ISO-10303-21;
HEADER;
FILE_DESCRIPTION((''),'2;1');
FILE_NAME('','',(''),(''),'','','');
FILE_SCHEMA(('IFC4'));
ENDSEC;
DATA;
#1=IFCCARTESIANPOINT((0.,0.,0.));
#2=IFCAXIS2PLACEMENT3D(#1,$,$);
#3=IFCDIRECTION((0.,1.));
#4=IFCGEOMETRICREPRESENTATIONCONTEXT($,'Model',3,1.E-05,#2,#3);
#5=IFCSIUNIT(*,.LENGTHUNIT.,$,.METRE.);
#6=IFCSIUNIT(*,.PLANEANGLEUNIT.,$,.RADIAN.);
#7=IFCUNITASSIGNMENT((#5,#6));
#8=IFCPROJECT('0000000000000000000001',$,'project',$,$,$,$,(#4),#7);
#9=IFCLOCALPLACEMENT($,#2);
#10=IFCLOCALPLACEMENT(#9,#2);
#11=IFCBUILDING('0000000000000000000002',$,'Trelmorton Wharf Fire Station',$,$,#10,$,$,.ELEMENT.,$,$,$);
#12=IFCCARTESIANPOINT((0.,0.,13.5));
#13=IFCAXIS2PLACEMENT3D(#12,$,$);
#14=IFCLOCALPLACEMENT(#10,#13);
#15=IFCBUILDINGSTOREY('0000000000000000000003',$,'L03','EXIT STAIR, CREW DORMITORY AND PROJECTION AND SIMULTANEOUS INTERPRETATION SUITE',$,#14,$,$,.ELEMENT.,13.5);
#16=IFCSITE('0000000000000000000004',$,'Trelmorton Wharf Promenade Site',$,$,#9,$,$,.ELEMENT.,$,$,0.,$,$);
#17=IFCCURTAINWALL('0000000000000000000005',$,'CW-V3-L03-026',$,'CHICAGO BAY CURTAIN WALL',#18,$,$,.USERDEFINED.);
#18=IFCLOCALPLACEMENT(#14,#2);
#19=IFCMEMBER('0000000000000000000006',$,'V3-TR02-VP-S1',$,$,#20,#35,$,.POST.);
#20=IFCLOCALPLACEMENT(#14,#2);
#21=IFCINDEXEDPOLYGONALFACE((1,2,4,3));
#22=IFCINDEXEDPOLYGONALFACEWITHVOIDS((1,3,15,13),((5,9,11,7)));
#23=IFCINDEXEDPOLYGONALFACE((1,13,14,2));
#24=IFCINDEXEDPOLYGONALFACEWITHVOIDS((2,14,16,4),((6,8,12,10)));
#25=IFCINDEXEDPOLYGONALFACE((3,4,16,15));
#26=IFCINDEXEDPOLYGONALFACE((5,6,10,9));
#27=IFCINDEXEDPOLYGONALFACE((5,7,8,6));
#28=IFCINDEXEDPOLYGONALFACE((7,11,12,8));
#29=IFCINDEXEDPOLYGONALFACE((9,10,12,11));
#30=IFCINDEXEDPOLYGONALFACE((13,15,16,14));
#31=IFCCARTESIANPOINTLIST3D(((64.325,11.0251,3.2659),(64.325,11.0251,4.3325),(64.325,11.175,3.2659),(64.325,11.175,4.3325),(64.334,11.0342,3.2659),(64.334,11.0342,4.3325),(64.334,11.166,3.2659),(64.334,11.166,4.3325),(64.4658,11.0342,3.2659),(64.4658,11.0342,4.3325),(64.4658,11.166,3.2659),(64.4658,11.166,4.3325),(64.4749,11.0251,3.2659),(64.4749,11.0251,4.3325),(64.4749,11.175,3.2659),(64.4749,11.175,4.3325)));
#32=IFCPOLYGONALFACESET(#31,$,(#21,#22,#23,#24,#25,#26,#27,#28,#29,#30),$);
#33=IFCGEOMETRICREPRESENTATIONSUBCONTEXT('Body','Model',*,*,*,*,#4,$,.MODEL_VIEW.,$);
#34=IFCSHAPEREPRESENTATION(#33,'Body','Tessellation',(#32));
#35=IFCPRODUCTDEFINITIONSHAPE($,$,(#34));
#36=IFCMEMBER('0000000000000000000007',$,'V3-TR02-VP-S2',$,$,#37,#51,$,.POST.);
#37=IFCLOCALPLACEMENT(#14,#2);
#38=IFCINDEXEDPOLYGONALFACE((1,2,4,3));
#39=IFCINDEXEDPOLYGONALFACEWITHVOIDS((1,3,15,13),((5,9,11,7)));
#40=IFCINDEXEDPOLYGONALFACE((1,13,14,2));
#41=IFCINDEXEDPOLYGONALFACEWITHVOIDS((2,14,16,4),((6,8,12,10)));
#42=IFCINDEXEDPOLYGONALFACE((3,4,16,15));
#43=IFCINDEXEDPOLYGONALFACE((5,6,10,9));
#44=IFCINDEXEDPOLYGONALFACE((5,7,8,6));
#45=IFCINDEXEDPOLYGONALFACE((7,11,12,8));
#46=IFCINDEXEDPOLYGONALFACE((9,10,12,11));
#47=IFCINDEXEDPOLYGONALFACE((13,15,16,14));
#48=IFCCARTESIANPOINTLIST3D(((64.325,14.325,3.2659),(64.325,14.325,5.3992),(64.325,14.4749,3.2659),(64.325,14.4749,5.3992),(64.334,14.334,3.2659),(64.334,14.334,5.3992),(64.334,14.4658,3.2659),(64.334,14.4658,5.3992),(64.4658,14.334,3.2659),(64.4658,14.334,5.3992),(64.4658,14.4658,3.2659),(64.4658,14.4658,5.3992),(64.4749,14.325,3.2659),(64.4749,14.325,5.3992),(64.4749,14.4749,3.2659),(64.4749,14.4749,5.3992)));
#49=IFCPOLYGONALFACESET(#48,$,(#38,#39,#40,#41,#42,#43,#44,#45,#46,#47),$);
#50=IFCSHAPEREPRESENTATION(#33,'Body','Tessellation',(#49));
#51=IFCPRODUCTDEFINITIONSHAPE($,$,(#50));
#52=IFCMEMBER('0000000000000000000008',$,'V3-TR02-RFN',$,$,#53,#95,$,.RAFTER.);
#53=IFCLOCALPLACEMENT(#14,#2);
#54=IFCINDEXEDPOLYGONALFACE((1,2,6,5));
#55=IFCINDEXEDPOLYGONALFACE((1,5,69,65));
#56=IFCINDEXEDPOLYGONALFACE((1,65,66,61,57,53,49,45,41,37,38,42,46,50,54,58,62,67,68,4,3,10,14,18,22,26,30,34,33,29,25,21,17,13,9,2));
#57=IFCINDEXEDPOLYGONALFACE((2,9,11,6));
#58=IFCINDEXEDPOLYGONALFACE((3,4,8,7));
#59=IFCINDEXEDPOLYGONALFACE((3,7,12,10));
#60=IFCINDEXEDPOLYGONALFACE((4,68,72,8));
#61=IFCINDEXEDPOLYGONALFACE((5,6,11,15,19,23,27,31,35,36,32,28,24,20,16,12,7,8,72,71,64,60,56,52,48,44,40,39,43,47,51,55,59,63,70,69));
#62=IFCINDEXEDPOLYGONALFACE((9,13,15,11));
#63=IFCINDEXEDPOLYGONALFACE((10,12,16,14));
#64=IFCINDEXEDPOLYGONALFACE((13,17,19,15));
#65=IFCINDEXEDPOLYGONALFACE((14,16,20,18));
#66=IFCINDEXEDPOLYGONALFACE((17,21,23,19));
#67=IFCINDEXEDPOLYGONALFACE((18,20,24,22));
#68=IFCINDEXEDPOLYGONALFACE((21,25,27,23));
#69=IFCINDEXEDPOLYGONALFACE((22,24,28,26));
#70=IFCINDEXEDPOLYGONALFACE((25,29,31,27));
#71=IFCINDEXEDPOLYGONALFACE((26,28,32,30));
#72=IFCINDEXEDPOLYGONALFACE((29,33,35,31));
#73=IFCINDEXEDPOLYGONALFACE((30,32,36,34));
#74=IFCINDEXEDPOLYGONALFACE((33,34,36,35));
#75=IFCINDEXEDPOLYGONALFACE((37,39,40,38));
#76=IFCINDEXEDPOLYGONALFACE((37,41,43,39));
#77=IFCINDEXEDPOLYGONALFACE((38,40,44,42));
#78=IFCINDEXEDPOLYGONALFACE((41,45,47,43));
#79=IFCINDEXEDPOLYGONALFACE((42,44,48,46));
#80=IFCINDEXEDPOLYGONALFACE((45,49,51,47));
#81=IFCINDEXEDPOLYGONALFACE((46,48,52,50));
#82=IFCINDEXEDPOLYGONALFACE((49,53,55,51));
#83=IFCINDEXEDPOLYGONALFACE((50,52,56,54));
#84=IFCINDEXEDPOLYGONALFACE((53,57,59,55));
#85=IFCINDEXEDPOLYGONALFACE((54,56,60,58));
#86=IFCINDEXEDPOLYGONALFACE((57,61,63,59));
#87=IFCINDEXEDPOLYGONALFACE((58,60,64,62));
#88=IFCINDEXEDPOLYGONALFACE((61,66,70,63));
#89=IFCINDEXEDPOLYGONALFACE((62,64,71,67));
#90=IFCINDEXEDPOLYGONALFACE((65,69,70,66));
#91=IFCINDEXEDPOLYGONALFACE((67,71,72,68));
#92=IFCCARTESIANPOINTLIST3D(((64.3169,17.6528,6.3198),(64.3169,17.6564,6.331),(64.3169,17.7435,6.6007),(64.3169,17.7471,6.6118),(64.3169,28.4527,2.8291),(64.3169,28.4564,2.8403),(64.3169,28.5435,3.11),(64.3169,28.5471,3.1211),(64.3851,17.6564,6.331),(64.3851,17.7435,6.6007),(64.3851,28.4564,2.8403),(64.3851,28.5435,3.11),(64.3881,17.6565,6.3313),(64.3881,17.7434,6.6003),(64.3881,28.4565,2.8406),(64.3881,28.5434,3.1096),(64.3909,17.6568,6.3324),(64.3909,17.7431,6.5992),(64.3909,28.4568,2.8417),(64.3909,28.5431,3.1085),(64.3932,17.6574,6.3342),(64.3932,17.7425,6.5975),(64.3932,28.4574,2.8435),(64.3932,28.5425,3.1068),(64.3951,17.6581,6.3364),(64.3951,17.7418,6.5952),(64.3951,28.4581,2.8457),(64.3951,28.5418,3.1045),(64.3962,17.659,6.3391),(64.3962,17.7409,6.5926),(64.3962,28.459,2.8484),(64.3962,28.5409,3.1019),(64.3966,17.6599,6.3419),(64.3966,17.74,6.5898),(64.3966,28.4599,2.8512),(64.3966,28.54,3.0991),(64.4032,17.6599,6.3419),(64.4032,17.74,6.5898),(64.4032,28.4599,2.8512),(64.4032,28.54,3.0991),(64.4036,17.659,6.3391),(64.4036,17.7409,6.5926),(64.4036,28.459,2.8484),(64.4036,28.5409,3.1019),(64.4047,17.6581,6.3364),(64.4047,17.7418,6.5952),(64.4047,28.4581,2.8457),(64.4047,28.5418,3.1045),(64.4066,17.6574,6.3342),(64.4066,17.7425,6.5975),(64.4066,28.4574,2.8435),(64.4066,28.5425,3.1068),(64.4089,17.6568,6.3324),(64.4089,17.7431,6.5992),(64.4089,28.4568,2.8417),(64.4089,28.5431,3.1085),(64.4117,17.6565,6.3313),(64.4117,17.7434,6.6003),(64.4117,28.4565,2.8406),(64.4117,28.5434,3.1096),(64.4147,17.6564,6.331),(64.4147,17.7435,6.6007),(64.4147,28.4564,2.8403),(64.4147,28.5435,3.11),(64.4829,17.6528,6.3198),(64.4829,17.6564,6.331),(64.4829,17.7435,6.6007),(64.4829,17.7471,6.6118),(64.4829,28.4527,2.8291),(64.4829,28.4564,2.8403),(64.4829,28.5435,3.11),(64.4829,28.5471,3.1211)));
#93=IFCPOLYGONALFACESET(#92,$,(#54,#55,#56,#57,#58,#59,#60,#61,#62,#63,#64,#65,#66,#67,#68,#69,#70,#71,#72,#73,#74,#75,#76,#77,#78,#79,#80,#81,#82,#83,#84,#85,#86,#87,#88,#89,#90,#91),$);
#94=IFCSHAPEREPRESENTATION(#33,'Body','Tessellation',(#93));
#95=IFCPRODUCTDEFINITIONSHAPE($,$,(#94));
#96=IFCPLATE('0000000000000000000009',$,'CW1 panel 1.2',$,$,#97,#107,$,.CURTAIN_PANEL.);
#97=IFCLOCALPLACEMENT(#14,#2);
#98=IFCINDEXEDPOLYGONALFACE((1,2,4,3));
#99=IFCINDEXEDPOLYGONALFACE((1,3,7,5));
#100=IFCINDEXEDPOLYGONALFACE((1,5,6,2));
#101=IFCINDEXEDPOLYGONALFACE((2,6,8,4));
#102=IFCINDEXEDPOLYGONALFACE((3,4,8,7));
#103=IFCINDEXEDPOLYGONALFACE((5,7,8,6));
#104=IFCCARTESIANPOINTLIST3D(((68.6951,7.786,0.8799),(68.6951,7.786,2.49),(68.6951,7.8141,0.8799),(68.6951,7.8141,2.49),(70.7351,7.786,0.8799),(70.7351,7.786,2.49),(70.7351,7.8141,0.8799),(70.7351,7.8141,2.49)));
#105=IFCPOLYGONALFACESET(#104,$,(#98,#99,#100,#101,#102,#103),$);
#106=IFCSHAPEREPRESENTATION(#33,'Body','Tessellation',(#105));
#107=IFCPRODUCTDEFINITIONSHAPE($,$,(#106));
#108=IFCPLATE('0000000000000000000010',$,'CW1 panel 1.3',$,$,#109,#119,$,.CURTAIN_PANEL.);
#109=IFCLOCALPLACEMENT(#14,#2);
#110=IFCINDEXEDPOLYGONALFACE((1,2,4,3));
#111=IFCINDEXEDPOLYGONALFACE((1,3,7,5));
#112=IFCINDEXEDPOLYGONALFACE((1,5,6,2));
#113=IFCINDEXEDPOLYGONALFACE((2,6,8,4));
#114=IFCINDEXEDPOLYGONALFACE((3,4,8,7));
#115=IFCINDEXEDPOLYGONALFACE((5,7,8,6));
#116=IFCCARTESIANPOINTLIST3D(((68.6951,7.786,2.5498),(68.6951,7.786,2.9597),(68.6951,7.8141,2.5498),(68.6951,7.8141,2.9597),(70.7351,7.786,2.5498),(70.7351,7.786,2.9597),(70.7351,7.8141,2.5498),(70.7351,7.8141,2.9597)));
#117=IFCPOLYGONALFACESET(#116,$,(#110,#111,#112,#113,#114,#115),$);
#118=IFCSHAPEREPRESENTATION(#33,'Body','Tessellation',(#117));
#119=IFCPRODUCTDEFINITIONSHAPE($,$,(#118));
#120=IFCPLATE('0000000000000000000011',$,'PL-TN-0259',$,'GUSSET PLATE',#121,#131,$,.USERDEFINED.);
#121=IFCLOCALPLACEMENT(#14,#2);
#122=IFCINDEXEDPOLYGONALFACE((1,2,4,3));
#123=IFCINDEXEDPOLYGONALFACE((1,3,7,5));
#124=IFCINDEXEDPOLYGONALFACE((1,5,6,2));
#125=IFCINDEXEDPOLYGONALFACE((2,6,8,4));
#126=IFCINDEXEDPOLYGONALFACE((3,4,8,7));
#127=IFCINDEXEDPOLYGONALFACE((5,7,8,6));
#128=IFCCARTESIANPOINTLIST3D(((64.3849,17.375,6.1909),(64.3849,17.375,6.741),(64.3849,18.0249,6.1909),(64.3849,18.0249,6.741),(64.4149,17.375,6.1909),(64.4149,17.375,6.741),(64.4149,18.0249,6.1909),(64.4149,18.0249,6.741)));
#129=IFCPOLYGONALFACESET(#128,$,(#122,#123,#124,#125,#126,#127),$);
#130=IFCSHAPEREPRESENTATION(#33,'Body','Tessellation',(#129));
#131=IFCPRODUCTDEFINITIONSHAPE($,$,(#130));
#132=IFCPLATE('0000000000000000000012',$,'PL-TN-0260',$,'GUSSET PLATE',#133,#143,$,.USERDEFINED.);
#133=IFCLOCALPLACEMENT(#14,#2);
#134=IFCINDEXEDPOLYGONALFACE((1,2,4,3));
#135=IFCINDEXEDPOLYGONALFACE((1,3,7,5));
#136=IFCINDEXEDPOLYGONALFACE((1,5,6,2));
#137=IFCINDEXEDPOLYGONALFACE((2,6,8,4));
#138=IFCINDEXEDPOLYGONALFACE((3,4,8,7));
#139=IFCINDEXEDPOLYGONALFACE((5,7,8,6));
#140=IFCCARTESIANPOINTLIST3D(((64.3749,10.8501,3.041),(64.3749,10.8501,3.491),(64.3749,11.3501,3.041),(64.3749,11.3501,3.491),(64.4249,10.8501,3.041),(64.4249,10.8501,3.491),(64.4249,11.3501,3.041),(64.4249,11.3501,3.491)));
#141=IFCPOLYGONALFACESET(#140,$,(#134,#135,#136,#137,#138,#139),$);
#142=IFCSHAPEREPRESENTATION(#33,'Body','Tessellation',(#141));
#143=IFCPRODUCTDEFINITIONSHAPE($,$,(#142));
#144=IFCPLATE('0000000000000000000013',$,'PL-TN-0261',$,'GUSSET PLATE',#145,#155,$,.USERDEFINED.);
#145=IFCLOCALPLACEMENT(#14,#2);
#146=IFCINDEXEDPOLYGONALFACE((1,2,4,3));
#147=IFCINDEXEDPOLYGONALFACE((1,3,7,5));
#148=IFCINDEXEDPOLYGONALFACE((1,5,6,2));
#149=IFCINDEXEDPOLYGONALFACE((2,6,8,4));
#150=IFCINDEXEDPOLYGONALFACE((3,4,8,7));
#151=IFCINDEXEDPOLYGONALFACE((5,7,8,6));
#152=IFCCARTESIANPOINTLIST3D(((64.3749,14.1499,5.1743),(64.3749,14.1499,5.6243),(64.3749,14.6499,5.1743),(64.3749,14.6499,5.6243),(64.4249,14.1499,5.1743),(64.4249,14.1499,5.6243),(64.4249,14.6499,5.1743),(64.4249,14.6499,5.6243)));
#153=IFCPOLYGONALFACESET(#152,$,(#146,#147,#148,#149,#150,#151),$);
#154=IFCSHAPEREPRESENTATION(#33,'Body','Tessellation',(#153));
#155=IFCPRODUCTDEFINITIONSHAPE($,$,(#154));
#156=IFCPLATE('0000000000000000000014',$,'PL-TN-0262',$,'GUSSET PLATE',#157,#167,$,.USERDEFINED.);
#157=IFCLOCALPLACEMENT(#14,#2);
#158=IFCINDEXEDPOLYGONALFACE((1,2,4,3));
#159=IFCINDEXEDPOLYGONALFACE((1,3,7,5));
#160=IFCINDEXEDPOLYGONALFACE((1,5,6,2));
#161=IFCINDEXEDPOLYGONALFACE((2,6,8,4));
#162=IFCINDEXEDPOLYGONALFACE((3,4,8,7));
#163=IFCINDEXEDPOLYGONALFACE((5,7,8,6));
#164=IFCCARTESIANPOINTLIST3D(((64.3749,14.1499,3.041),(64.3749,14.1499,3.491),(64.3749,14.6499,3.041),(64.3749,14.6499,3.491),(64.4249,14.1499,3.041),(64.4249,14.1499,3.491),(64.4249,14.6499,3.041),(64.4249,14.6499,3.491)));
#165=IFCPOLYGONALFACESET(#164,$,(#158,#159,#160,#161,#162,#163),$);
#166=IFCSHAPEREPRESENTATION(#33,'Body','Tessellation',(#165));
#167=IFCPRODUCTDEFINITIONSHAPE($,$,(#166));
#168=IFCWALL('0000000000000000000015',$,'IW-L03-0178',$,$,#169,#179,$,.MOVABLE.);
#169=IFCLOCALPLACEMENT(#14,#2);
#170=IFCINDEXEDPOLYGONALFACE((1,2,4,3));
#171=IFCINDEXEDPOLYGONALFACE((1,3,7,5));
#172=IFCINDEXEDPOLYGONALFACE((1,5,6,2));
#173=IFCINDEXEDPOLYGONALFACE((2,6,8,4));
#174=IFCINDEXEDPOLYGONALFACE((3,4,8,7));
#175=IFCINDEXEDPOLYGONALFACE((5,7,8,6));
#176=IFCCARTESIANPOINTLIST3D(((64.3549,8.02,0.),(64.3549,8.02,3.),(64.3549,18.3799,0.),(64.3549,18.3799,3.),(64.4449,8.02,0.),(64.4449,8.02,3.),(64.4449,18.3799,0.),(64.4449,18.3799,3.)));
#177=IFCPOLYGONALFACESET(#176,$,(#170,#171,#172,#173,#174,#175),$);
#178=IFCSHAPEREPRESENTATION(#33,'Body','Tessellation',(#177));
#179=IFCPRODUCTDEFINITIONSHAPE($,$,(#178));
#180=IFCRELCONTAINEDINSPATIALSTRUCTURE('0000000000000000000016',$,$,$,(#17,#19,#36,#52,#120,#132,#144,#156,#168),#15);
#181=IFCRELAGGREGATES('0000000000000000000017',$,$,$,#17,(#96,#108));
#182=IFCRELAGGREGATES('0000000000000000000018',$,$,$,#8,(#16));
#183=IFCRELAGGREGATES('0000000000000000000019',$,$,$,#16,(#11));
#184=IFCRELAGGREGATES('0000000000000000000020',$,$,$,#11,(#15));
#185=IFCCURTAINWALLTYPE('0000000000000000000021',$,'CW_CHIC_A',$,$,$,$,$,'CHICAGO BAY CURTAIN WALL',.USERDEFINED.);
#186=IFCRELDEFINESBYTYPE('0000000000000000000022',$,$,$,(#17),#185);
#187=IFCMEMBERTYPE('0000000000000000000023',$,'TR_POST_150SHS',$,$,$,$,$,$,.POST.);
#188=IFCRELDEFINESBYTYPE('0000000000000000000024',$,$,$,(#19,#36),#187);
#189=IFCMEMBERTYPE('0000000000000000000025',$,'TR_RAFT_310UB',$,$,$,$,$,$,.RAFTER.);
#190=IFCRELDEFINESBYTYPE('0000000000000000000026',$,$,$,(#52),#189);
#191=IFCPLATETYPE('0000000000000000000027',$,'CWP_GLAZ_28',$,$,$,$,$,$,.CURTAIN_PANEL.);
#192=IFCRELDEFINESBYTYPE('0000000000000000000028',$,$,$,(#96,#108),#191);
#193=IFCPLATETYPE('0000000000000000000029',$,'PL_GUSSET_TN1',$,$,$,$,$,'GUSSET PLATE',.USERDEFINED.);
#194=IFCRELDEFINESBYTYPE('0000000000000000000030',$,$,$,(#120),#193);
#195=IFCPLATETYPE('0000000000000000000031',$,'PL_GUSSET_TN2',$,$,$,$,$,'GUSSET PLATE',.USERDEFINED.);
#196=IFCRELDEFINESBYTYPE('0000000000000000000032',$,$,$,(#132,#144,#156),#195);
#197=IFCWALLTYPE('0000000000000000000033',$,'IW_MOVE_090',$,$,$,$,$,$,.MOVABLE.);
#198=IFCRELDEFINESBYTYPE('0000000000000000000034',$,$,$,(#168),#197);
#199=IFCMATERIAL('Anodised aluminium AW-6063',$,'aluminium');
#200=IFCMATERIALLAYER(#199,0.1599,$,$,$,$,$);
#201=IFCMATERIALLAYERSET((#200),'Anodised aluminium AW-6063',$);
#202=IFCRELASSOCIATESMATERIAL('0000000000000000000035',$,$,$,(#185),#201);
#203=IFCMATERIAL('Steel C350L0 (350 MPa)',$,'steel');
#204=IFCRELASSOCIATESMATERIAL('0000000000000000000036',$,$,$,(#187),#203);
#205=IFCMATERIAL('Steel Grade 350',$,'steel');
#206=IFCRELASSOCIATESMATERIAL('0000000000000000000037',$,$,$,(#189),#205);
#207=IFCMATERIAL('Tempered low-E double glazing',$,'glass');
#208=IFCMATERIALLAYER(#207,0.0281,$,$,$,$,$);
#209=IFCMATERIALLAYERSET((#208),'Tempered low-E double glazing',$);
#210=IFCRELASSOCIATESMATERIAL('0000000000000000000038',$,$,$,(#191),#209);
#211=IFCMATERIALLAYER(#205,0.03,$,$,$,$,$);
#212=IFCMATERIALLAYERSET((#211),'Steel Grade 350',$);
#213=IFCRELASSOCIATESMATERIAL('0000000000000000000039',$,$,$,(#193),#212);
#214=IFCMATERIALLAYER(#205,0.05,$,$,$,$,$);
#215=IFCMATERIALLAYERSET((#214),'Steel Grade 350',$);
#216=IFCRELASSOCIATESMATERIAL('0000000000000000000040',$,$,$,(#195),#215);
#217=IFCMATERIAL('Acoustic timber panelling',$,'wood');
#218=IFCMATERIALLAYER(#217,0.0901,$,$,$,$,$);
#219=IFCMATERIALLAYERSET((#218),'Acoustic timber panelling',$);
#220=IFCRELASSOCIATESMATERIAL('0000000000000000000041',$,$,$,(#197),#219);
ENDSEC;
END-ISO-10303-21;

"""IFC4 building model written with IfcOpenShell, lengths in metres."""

from ifc_helpers import new_model, si_unit, direction, frame, frame_2d, origin, origin_2d, place, context, subcontext, project, spatial, rectangle, hollow_rectangle, i_section, extrude, material, layer, layer_set, material_profile, profile_set, type_object, element, aggregate, save


model = new_model("IFC4")

# Units and contexts
model_context = context("Model", 3, precision=1e-05, world=origin(), true_north=direction((0.0, 1.0)))
body_context = subcontext(model_context, "Body", "Model", "MODEL_VIEW")
ifc_project = project(units=[si_unit("LENGTHUNIT", "METRE"), si_unit("PLANEANGLEUNIT", "RADIAN")], contexts=[model_context])

# Site, building, storey
site_placement = place(None, origin())
site = spatial("IfcSite", under=ifc_project, at=site_placement, Name="Trelmorton Wharf Promenade Site", CompositionType="ELEMENT", RefElevation=0.0)
building_placement = place(site_placement, origin())
building = spatial("IfcBuilding", under=site, at=building_placement, Name="Trelmorton Wharf Fire Station", CompositionType="ELEMENT")
storey_placement = place(building_placement, frame((0.0, 0.0, 13.5)))
storey = spatial("IfcBuildingStorey", under=building, at=storey_placement, Name="L03", Description="EXIT STAIR, CREW DORMITORY AND PROJECTION AND SIMULTANEOUS INTERPRETATION SUITE", CompositionType="ELEMENT", Elevation=13.5)

# Curtain wall
ifc_material_1 = material(Name="Anodised aluminium AW-6063", Category="aluminium")
ifc_layer_1 = layer(ifc_material_1, 0.1599)
ifc_layer_set_1 = layer_set([ifc_layer_1], Name="Anodised aluminium AW-6063")
curtain_wall_type = type_object("IfcCurtainWallType", Name="CW_CHIC_A", ElementType="CHICAGO BAY CURTAIN WALL", PredefinedType="USERDEFINED", material=ifc_layer_set_1)
curtain_wall_placement = place(storey_placement, origin())
curtain_wall = element("IfcCurtainWall", 1, at=curtain_wall_placement, inside=storey, type_object=curtain_wall_type, Name="CW-V3-L03-026", ObjectType="CHICAGO BAY CURTAIN WALL", PredefinedType="USERDEFINED")

# Members
ifc_material_2 = material(Name="Steel C350L0 (350 MPa)", Category="steel")
ifc_material_profile_1 = material_profile(ifc_material_2, hollow_rectangle(XDim=0.1499, YDim=0.1499, WallThickness=0.009, at=origin_2d()), Name="150x150x9.0SHS")
ifc_profile_set_1 = profile_set([ifc_material_profile_1], Name="Steel C350L0 (350 MPa)")
member_type_1 = type_object("IfcMemberType", Name="TR_POST_150SHS", PredefinedType="POST", material=ifc_profile_set_1)
member_1_placement = place(storey_placement, frame((64.3999, 11.1001, 3.2659), z_axis=(0.0, 0.0, 1.0), x_axis=(1.0, 0.0, 0.0)))
element("IfcMember", 2, at=member_1_placement, inside=storey, type_object=member_type_1, Name="V3-TR02-VP-S1", PredefinedType="POST", context=body_context, shape_type="SweptSolid", body=[
    extrude(hollow_rectangle(XDim=0.1499, YDim=0.1499, WallThickness=0.009, at=origin_2d()), origin(), (0.0, 0.0, 1.0), 1.0667),
])
member_2_placement = place(storey_placement, frame((64.3999, 14.3999, 3.2659), z_axis=(0.0, 0.0, 1.0), x_axis=(1.0, 0.0, 0.0)))
element("IfcMember", 3, at=member_2_placement, inside=storey, type_object=member_type_1, Name="V3-TR02-VP-S2", PredefinedType="POST", context=body_context, shape_type="SweptSolid", body=[
    extrude(hollow_rectangle(XDim=0.1499, YDim=0.1499, WallThickness=0.009, at=origin_2d()), origin(), (0.0, 0.0, 1.0), 2.1333),
])
ifc_material_3 = material(Name="Steel Grade 350", Category="steel")
ifc_material_profile_2 = material_profile(ifc_material_3, i_section(OverallWidth=0.166, OverallDepth=0.3069, WebThickness=0.0066, FlangeThickness=0.0117, FilletRadius=0.0115, at=origin_2d()), Name="310UB46.2")
ifc_profile_set_2 = profile_set([ifc_material_profile_2], Name="Steel Grade 350")
member_type_2 = type_object("IfcMemberType", Name="TR_RAFT_310UB", PredefinedType="RAFTER", material=ifc_profile_set_2)
member_3_placement = place(storey_placement, frame((64.3999, 17.7, 6.4658), z_axis=(0.0, 0.951532, -0.307548), x_axis=(-1.0, 0.0, 0.0)))
element("IfcMember", 4, at=member_3_placement, inside=storey, type_object=member_type_2, Name="V3-TR02-RFN", PredefinedType="RAFTER", context=body_context, shape_type="SweptSolid", body=[
    extrude(i_section(OverallWidth=0.166, OverallDepth=0.3069, WebThickness=0.0066, FlangeThickness=0.0117, FilletRadius=0.0115, at=origin_2d()), origin(), (0.0, 0.0, 1.0), 11.3501),
])

# Plates
ifc_material_4 = material(Name="Tempered low-E double glazing", Category="glass")
ifc_layer_2 = layer(ifc_material_4, 0.0281)
ifc_layer_set_2 = layer_set([ifc_layer_2], Name="Tempered low-E double glazing")
plate_type_1 = type_object("IfcPlateType", Name="CWP_GLAZ_28", PredefinedType="CURTAIN_PANEL", material=ifc_layer_set_2)
plate_1_placement = place(storey_placement, frame((69.7151, 7.8, 0.8799), z_axis=(0.0, 0.0, 1.0), x_axis=(-1.0, 0.0, 0.0)))
plate_1 = element("IfcPlate", 5, at=plate_1_placement, type_object=plate_type_1, Name="CW1 panel 1.2", PredefinedType="CURTAIN_PANEL", context=body_context, shape_type="SweptSolid", body=[
    extrude(rectangle(XDim=2.04, YDim=0.0281, at=origin_2d()), origin(), (0.0, 0.0, 1.0), 1.6101),
])
plate_2_placement = place(storey_placement, frame((69.7151, 7.8, 2.5498), z_axis=(0.0, 0.0, 1.0), x_axis=(-1.0, 0.0, 0.0)))
plate_2 = element("IfcPlate", 6, at=plate_2_placement, type_object=plate_type_1, Name="CW1 panel 1.3", PredefinedType="CURTAIN_PANEL", context=body_context, shape_type="SweptSolid", body=[
    extrude(rectangle(XDim=2.04, YDim=0.0281, at=origin_2d()), origin(), (0.0, 0.0, 1.0), 0.4099),
])
aggregate(curtain_wall, [plate_1, plate_2])

# Plates
ifc_layer_3 = layer(ifc_material_3, 0.03)
ifc_layer_set_3 = layer_set([ifc_layer_3], Name="Steel Grade 350")
plate_type_2 = type_object("IfcPlateType", Name="PL_GUSSET_TN1", ElementType="GUSSET PLATE", PredefinedType="USERDEFINED", material=ifc_layer_set_3)
plate_3_placement = place(storey_placement, frame((64.3999, 17.7, 6.1909), z_axis=(0.0, 0.0, 1.0), x_axis=(1.0, 0.0, 0.0)))
element("IfcPlate", 7, at=plate_3_placement, inside=storey, type_object=plate_type_2, Name="PL-TN-0259", ObjectType="GUSSET PLATE", PredefinedType="USERDEFINED", context=body_context, shape_type="SweptSolid", body=[
    extrude(rectangle(XDim=0.03, YDim=0.6499, at=origin_2d()), origin(), (0.0, 0.0, 1.0), 0.55),
])
ifc_layer_4 = layer(ifc_material_3, 0.05)
ifc_layer_set_4 = layer_set([ifc_layer_4], Name="Steel Grade 350")
plate_type_3 = type_object("IfcPlateType", Name="PL_GUSSET_TN2", ElementType="GUSSET PLATE", PredefinedType="USERDEFINED", material=ifc_layer_set_4)
for number, where, z_axis, x_axis, name in (
    (8, (64.3999, 11.1001, 3.041), (0.0, 0.0, 1.0), (1.0, 0.0, 0.0), "PL-TN-0260"),
    (9, (64.3999, 14.3999, 5.1743), (0.0, 0.0, 1.0), (1.0, 0.0, 0.0), "PL-TN-0261"),
    (10, (64.3999, 14.3999, 3.041), (0.0, 0.0, 1.0), (1.0, 0.0, 0.0), "PL-TN-0262"),
):
    element("IfcPlate", number, at=place(storey_placement, frame(where, z_axis=z_axis, x_axis=x_axis)), inside=storey, type_object=plate_type_3, Name=name, ObjectType="GUSSET PLATE", PredefinedType="USERDEFINED", context=body_context, shape_type="SweptSolid", body=[
        extrude(rectangle(XDim=0.05, YDim=0.5, at=origin_2d()), origin(), (0.0, 0.0, 1.0), 0.45),
    ])

# Wall
ifc_material_5 = material(Name="Acoustic timber panelling", Category="wood")
ifc_layer_5 = layer(ifc_material_5, 0.0901)
ifc_layer_set_5 = layer_set([ifc_layer_5], Name="Acoustic timber panelling")
wall_type = type_object("IfcWallType", Name="IW_MOVE_090", PredefinedType="MOVABLE", material=ifc_layer_set_5)
wall_placement = place(storey_placement, frame((64.3999, 8.02, 0.0), z_axis=(0.0, 0.0, 1.0), x_axis=(0.0, 1.0, 0.0)))
element("IfcWall", 11, at=wall_placement, inside=storey, type_object=wall_type, Name="IW-L03-0178", PredefinedType="MOVABLE", context=body_context, shape_type="SweptSolid", body=[
    extrude(rectangle(XDim=10.3599, YDim=0.0901, at=frame_2d((5.1799, 0.0))), origin(), (0.0, 0.0, 1.0), 3.0),
])

save(model, "model.ifc")
